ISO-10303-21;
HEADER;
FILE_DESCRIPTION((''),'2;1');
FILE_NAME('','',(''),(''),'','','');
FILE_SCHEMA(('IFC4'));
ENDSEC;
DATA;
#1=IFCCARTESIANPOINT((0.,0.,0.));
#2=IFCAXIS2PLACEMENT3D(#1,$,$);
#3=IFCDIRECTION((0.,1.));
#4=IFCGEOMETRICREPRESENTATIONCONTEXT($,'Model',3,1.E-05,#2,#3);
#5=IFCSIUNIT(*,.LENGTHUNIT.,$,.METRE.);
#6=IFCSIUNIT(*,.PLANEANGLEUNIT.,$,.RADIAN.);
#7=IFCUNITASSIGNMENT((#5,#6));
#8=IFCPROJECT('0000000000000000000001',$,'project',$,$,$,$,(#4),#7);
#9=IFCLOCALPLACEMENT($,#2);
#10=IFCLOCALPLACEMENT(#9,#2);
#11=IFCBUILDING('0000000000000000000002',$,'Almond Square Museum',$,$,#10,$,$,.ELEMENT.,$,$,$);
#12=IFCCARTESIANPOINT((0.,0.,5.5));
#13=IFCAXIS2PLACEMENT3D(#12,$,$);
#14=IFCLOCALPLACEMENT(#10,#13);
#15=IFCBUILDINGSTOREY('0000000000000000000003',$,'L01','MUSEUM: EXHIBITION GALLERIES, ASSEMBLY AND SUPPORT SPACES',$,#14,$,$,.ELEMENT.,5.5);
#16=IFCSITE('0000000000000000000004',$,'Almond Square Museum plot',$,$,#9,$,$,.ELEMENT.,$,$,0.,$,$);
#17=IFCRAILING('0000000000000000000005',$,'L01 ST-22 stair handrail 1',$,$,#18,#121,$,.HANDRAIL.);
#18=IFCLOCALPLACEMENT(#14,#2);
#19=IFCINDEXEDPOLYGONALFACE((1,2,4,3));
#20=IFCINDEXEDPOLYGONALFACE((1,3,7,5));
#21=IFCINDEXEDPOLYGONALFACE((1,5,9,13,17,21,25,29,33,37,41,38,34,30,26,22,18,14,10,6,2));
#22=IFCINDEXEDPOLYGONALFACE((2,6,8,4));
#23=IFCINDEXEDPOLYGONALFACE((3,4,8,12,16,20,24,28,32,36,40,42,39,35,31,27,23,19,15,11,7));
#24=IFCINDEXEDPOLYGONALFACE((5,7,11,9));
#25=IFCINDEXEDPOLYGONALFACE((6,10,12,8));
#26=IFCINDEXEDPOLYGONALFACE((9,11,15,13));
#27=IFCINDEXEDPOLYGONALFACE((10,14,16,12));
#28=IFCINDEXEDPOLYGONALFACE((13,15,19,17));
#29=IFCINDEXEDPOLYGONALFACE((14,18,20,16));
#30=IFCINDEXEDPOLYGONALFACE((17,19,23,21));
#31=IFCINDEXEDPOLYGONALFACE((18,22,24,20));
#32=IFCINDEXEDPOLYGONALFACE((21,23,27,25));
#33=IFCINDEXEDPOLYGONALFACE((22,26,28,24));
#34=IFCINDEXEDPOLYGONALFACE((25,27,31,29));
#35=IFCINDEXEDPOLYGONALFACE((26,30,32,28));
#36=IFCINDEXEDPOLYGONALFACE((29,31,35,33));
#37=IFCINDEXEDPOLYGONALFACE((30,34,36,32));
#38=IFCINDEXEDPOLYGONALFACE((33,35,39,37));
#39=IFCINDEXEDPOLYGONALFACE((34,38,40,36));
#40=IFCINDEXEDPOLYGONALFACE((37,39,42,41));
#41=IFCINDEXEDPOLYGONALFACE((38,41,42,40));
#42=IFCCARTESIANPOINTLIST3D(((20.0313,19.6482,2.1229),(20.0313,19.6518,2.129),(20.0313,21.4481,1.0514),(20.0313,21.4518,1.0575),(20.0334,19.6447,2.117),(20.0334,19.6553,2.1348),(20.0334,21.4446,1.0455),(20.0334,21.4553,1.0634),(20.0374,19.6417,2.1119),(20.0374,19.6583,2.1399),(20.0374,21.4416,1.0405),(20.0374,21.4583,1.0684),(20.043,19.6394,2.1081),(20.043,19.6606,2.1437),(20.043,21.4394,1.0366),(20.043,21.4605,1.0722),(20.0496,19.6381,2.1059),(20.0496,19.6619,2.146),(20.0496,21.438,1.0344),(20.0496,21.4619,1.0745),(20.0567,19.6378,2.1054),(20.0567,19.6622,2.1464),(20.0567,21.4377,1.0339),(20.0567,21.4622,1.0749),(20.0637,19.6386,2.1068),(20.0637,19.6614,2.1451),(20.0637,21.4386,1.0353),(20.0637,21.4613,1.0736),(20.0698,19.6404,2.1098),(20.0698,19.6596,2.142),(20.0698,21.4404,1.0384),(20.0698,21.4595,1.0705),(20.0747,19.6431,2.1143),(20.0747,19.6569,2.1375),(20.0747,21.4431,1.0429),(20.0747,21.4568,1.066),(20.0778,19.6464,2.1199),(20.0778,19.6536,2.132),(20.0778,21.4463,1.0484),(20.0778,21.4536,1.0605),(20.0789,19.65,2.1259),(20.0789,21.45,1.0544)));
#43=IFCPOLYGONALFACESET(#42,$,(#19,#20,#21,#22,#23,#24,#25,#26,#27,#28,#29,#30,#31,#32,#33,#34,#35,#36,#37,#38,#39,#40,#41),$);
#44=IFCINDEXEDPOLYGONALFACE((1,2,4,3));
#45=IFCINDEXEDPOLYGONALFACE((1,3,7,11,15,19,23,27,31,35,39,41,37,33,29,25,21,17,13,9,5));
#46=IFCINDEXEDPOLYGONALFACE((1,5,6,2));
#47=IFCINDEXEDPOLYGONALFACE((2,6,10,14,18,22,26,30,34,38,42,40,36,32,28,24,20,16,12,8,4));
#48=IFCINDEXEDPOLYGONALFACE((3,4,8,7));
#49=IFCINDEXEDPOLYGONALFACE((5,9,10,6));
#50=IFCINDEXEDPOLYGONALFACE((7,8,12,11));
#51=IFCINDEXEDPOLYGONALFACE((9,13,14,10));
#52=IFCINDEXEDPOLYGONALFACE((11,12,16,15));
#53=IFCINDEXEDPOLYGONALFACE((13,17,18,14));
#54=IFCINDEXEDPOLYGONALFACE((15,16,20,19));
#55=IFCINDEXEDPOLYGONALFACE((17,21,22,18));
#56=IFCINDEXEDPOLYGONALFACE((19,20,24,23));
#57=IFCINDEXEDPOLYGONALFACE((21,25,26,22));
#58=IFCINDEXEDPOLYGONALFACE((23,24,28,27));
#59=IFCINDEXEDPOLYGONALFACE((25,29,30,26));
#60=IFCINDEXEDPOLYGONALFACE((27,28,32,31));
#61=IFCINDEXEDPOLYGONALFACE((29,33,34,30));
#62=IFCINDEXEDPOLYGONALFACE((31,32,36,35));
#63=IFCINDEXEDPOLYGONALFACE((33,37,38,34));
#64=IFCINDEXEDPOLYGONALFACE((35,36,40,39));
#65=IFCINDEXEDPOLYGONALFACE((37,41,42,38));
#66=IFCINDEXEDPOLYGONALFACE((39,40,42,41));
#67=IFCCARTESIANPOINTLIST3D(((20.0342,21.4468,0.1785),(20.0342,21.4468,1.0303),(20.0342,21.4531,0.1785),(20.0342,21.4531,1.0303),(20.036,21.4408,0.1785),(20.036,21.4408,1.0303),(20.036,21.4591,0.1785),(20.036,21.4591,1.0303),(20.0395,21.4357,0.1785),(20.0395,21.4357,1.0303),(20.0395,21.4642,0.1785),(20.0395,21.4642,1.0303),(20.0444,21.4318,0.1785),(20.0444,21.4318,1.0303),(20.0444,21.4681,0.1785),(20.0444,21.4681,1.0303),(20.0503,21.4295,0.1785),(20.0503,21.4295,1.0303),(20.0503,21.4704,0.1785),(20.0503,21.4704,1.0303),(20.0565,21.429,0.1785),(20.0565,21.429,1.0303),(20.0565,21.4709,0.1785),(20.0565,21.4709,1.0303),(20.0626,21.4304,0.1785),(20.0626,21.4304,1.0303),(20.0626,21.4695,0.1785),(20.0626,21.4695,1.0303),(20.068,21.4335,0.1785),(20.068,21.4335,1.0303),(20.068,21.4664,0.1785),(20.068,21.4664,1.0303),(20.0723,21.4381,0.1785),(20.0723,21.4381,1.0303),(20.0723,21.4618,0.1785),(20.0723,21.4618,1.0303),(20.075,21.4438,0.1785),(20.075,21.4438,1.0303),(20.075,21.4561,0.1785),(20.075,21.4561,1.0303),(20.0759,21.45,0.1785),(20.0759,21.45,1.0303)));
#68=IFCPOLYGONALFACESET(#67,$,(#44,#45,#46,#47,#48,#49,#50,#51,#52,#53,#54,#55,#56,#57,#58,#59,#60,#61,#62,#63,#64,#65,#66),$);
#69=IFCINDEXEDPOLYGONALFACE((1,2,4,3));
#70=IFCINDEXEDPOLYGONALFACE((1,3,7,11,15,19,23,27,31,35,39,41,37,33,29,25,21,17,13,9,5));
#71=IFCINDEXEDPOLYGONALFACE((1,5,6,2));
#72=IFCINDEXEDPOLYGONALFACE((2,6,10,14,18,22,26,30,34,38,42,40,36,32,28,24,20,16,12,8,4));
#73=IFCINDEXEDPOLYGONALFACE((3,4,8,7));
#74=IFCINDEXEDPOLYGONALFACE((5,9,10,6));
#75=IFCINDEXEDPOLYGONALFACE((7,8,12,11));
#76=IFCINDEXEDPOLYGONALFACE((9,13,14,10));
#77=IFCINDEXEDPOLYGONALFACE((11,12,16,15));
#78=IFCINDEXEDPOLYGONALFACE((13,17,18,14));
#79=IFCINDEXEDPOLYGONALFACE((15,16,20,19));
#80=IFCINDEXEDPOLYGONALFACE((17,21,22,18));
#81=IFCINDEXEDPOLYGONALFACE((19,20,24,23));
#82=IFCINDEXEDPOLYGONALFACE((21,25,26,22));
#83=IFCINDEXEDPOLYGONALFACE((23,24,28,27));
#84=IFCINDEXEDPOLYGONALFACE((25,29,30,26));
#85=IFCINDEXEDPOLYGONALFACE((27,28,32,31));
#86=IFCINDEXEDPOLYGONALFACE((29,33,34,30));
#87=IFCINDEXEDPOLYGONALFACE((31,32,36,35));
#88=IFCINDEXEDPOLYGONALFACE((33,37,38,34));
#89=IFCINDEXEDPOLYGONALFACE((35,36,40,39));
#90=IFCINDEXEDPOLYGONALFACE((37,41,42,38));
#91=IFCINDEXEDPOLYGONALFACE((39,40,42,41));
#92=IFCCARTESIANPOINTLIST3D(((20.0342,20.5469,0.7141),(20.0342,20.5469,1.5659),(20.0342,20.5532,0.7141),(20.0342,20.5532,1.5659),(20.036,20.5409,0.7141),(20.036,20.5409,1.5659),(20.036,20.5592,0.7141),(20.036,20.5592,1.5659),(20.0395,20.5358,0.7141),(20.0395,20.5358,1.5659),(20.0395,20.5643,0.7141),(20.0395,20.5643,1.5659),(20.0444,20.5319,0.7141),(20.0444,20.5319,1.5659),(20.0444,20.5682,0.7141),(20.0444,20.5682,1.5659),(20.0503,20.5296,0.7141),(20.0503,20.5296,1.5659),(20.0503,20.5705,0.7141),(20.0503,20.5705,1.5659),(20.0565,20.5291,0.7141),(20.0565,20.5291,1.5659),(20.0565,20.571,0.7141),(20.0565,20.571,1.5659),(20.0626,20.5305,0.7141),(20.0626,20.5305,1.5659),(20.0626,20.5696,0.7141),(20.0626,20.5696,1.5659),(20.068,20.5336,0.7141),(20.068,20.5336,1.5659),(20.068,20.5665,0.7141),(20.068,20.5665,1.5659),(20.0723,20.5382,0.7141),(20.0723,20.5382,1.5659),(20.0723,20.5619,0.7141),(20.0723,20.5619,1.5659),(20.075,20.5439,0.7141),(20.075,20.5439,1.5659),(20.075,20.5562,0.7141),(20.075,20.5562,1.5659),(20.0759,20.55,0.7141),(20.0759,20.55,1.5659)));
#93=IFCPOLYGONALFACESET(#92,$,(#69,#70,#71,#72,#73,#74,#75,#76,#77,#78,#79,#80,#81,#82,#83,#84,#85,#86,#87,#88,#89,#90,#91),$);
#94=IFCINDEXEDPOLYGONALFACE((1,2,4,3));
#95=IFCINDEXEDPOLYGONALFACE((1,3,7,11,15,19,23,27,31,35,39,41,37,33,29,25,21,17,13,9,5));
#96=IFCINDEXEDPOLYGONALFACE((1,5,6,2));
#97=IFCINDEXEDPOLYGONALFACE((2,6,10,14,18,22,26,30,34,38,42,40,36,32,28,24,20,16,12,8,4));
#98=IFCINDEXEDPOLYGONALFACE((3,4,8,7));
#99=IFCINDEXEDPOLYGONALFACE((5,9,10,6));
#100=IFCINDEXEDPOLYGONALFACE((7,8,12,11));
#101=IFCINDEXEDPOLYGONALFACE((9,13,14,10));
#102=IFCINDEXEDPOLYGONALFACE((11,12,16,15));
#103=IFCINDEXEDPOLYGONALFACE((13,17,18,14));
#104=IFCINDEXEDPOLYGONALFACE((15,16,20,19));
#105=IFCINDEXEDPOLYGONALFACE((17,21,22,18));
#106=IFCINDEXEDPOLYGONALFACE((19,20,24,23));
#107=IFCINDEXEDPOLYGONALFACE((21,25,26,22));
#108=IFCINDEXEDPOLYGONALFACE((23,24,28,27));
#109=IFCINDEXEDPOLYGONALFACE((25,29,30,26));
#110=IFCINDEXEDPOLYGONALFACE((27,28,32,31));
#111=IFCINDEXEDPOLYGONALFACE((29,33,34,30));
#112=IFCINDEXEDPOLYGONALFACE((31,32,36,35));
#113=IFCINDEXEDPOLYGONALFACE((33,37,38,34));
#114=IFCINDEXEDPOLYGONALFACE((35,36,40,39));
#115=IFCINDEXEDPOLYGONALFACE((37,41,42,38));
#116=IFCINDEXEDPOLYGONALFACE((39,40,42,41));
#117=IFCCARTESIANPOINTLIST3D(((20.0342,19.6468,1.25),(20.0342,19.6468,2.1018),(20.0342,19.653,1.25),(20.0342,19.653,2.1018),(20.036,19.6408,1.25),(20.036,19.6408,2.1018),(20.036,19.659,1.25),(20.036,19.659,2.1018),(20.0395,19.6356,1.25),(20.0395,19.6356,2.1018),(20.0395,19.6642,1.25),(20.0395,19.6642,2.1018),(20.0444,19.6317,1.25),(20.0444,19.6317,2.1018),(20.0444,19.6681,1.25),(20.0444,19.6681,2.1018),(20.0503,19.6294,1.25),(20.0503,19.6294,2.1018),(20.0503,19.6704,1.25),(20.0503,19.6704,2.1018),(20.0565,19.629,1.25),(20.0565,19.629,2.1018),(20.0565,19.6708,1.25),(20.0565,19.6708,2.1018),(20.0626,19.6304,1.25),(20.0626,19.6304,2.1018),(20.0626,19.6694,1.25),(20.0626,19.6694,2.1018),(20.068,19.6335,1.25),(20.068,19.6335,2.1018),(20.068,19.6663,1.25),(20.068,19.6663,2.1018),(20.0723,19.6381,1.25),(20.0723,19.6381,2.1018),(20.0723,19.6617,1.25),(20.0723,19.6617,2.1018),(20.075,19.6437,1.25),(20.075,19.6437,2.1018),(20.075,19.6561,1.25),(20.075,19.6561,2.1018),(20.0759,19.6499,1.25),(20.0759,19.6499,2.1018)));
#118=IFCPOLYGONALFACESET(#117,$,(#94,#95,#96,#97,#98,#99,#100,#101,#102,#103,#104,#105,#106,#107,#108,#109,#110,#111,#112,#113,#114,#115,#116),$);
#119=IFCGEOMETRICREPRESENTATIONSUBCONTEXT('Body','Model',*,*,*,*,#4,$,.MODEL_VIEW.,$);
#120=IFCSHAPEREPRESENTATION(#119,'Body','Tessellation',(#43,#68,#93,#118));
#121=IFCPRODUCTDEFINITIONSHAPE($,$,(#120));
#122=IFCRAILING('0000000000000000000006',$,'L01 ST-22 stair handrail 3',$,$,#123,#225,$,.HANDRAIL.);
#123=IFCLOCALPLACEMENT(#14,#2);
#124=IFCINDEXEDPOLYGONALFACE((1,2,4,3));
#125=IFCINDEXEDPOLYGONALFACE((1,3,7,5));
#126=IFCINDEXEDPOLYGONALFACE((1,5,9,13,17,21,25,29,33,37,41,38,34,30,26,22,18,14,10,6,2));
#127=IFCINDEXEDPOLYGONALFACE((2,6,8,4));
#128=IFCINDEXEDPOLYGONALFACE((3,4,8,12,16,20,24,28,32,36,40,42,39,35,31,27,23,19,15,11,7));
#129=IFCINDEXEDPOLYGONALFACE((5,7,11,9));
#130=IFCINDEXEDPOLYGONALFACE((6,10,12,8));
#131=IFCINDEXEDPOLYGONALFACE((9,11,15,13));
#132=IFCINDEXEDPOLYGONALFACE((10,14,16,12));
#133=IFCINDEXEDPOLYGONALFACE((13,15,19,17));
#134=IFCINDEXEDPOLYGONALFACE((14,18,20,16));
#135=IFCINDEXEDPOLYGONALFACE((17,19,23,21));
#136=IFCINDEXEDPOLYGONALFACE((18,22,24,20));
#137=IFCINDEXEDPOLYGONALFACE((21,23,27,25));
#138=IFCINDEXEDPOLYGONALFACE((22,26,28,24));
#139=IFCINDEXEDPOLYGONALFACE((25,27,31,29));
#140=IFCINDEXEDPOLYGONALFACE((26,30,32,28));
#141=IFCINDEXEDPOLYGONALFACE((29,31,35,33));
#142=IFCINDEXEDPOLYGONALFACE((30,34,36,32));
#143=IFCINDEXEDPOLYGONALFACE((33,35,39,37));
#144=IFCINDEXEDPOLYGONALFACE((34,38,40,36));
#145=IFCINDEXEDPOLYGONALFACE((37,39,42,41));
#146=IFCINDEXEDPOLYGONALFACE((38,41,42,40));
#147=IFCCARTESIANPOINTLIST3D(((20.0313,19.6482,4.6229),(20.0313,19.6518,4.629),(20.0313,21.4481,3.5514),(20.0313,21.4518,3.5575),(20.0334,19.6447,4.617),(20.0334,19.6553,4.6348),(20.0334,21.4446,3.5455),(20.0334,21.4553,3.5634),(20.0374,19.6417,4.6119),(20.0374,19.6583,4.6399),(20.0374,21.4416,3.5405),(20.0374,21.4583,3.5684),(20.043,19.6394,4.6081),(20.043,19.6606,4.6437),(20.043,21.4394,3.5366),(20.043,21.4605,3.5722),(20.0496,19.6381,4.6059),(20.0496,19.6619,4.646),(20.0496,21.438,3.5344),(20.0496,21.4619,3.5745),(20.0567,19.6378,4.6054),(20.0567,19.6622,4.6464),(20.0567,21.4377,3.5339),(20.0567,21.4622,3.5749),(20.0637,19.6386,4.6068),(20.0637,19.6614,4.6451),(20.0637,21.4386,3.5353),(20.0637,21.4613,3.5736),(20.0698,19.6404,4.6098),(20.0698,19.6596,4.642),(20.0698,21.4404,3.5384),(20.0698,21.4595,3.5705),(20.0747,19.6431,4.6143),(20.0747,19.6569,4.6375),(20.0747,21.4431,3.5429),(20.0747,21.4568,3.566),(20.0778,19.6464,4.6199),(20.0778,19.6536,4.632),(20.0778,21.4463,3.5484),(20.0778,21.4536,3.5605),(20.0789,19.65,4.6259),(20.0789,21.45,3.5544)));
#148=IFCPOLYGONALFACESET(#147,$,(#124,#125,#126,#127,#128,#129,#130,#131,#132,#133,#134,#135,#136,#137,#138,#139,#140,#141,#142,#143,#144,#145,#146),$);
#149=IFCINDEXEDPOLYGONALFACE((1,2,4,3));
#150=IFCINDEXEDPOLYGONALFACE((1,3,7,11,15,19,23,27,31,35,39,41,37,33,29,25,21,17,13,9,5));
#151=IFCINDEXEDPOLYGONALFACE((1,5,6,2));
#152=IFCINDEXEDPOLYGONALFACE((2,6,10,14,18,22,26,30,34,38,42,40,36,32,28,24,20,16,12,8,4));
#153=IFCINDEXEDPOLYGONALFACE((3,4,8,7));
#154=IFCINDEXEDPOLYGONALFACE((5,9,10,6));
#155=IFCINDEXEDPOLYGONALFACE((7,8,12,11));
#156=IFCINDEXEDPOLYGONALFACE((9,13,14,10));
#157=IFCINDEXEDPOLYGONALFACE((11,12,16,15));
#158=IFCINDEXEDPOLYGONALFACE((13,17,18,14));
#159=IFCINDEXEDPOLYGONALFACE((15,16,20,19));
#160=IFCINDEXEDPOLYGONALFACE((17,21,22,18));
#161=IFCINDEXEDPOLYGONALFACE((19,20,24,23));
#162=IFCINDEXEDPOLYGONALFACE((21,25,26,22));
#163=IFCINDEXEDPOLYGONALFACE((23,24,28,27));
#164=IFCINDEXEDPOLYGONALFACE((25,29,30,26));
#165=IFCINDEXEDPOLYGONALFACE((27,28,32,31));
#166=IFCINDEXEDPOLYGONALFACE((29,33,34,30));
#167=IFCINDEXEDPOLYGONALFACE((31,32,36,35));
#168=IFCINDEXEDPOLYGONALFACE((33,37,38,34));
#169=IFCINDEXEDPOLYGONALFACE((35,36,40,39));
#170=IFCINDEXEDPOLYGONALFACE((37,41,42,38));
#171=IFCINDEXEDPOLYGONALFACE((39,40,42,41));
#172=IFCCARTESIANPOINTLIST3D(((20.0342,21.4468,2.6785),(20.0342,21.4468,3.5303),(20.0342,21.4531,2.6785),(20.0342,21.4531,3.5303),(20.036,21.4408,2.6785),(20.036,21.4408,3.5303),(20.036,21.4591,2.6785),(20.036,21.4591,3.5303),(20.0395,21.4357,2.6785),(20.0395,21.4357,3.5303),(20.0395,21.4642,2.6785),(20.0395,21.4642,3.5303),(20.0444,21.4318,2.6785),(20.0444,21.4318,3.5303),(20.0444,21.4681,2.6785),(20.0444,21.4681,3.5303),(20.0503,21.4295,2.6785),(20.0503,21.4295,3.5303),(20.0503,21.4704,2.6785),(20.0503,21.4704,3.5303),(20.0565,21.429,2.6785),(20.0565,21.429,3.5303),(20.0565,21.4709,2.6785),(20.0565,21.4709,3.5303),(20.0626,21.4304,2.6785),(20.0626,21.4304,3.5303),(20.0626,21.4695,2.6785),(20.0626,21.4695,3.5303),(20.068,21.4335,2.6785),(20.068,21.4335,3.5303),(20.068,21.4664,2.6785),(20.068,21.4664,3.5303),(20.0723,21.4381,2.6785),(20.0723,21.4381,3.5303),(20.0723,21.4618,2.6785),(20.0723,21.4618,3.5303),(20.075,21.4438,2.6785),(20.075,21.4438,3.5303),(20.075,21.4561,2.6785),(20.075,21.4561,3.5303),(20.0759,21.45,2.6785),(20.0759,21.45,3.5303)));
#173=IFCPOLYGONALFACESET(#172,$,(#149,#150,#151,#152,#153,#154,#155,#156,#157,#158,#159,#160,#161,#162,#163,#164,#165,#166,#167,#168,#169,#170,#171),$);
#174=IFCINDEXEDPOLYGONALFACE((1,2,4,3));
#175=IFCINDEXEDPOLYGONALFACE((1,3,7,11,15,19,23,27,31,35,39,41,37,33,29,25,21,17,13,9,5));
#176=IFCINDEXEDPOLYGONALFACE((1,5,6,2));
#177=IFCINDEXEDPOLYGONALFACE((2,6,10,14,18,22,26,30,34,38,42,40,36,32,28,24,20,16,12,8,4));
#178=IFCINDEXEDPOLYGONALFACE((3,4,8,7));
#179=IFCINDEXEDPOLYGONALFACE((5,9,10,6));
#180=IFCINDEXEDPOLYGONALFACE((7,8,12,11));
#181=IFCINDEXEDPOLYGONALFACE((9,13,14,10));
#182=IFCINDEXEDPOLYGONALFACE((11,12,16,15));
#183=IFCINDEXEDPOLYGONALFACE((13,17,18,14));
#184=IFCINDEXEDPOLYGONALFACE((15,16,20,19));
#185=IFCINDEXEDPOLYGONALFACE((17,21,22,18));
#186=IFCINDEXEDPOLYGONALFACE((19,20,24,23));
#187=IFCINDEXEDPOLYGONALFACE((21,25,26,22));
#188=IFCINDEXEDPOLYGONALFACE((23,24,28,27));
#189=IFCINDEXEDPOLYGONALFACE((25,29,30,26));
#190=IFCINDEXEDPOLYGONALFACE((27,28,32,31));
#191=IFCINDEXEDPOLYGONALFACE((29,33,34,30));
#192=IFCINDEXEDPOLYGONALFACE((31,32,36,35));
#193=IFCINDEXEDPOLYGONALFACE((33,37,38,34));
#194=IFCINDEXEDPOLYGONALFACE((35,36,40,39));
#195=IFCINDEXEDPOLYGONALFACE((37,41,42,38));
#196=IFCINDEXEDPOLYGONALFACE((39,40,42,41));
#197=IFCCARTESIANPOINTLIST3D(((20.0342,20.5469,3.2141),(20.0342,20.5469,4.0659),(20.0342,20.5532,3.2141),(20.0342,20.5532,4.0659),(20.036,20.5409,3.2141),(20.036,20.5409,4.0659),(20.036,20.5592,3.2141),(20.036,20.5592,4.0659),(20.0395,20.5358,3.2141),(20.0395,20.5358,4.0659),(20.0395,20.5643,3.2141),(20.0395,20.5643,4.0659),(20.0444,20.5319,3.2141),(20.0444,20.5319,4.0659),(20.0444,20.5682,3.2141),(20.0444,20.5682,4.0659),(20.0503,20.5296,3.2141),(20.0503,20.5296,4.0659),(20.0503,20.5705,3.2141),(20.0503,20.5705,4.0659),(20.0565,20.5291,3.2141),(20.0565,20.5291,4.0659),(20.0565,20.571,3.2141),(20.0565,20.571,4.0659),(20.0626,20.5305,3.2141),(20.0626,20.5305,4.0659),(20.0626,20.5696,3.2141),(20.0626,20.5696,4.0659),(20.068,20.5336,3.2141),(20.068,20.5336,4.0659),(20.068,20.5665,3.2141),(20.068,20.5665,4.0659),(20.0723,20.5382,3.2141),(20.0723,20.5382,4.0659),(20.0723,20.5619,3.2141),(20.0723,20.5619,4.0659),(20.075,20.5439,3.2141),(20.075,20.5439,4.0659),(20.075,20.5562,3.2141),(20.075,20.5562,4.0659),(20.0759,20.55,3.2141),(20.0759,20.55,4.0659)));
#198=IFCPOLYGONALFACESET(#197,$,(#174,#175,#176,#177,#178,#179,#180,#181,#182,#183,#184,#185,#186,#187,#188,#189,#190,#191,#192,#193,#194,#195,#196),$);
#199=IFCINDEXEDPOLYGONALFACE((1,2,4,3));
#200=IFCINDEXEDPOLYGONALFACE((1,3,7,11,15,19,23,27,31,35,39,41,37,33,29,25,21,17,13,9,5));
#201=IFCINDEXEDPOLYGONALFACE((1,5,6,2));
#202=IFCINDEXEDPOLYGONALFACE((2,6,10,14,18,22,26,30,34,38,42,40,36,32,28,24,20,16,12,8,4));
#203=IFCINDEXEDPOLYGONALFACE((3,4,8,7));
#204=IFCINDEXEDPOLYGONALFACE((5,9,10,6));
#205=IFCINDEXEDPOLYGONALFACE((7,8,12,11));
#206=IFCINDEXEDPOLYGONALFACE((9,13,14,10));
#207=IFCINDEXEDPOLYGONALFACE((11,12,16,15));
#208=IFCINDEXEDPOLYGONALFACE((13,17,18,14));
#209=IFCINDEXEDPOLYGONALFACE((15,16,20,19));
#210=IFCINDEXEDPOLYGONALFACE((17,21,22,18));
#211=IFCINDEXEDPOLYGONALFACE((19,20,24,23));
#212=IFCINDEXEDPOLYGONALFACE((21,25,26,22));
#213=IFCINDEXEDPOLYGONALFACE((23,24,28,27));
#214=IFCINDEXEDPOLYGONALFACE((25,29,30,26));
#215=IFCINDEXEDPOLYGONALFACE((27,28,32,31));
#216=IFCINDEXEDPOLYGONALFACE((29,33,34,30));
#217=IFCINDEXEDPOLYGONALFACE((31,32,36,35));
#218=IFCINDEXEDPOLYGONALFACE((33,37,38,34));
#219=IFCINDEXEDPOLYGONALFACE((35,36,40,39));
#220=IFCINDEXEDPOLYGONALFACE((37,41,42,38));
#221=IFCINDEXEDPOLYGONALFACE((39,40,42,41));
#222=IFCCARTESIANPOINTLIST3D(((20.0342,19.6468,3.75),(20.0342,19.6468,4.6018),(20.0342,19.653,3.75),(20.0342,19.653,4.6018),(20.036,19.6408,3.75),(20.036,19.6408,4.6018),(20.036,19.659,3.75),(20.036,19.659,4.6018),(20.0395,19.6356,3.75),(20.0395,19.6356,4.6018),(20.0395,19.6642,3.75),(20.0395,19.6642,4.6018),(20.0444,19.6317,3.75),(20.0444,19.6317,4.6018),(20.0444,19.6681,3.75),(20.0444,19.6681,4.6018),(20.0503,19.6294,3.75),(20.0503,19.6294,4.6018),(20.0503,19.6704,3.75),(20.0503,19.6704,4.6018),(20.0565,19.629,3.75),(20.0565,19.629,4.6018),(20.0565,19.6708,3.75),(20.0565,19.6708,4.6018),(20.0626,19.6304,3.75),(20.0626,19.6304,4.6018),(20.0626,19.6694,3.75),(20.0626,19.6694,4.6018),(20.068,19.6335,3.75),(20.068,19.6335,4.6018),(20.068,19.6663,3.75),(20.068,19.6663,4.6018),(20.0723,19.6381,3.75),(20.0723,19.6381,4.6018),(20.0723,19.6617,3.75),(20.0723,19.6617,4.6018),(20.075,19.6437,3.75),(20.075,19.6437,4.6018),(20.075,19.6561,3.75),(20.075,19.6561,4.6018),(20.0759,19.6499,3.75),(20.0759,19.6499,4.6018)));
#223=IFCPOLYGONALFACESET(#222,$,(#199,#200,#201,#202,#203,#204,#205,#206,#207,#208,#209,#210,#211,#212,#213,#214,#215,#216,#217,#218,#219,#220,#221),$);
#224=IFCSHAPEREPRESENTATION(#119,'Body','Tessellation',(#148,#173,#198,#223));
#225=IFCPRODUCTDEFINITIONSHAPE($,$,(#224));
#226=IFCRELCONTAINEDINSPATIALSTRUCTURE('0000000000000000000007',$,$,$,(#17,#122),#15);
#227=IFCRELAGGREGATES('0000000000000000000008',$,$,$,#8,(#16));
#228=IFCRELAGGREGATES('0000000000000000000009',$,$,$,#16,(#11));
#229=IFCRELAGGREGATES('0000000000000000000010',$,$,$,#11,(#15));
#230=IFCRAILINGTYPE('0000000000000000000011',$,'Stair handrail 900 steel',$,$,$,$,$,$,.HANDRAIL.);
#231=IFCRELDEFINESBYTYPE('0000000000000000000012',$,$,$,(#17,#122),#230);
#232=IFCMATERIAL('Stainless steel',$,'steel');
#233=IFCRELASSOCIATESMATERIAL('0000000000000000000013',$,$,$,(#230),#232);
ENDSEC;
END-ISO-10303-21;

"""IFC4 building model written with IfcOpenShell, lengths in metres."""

from ifc_helpers import new_model, si_unit, direction, frame, origin, origin_2d, place, context, subcontext, project, spatial, circle, extrude, material, type_object, element, save


model = new_model("IFC4")

# Units and contexts
model_context = context("Model", 3, precision=1e-05, world=origin(), true_north=direction((0.0, 1.0)))
body_context = subcontext(model_context, "Body", "Model", "MODEL_VIEW")
ifc_project = project(units=[si_unit("LENGTHUNIT", "METRE"), si_unit("PLANEANGLEUNIT", "RADIAN")], contexts=[model_context])

# Site, building, storey
site_placement = place(None, origin())
site = spatial("IfcSite", under=ifc_project, at=site_placement, Name="Almond Square Museum plot", CompositionType="ELEMENT", RefElevation=0.0)
building_placement = place(site_placement, origin())
building = spatial("IfcBuilding", under=site, at=building_placement, Name="Almond Square Museum", CompositionType="ELEMENT")
storey_placement = place(building_placement, frame((0.0, 0.0, 5.5)))
storey = spatial("IfcBuildingStorey", under=building, at=storey_placement, Name="L01", Description="MUSEUM: EXHIBITION GALLERIES, ASSEMBLY AND SUPPORT SPACES", CompositionType="ELEMENT", Elevation=5.5)

# Railings
ifc_material_1 = material(Name="Stainless steel", Category="steel")
railing_type_1 = type_object("IfcRailingType", Name="Stair handrail 900 steel", PredefinedType="HANDRAIL", material=ifc_material_1)
for number, where, name in (
    (1, (20.0549, 21.45, 0.1785), "L01 ST-22 stair handrail 1"),
    (2, (20.0549, 21.45, 2.6785), "L01 ST-22 stair handrail 3"),
):
    element("IfcRailing", number, at=place(storey_placement, frame(where)), inside=storey, type_object=railing_type_1, Name=name, PredefinedType="HANDRAIL", context=body_context, shape_type="SweptSolid", body=[
        extrude(circle(Radius=0.0239, at=origin_2d()), frame((0.0, 0.0, 0.876), z_axis=(0.0, -0.859277, 0.51151), x_axis=(1.0, 0.0, 0.0)), (0.0, 0.0, 1.0), 2.0947),
        extrude(circle(Radius=0.021, at=origin_2d()), origin(), (0.0, 0.0, 1.0), 0.8518),
        extrude(circle(Radius=0.021, at=origin_2d()), frame((0.0, -0.8999, 0.5356)), (0.0, 0.0, 1.0), 0.8518),
        extrude(circle(Radius=0.021, at=origin_2d()), frame((0.0, -1.8, 1.0715)), (0.0, 0.0, 1.0), 0.8518),
    ])

save(model, "model.ifc")
